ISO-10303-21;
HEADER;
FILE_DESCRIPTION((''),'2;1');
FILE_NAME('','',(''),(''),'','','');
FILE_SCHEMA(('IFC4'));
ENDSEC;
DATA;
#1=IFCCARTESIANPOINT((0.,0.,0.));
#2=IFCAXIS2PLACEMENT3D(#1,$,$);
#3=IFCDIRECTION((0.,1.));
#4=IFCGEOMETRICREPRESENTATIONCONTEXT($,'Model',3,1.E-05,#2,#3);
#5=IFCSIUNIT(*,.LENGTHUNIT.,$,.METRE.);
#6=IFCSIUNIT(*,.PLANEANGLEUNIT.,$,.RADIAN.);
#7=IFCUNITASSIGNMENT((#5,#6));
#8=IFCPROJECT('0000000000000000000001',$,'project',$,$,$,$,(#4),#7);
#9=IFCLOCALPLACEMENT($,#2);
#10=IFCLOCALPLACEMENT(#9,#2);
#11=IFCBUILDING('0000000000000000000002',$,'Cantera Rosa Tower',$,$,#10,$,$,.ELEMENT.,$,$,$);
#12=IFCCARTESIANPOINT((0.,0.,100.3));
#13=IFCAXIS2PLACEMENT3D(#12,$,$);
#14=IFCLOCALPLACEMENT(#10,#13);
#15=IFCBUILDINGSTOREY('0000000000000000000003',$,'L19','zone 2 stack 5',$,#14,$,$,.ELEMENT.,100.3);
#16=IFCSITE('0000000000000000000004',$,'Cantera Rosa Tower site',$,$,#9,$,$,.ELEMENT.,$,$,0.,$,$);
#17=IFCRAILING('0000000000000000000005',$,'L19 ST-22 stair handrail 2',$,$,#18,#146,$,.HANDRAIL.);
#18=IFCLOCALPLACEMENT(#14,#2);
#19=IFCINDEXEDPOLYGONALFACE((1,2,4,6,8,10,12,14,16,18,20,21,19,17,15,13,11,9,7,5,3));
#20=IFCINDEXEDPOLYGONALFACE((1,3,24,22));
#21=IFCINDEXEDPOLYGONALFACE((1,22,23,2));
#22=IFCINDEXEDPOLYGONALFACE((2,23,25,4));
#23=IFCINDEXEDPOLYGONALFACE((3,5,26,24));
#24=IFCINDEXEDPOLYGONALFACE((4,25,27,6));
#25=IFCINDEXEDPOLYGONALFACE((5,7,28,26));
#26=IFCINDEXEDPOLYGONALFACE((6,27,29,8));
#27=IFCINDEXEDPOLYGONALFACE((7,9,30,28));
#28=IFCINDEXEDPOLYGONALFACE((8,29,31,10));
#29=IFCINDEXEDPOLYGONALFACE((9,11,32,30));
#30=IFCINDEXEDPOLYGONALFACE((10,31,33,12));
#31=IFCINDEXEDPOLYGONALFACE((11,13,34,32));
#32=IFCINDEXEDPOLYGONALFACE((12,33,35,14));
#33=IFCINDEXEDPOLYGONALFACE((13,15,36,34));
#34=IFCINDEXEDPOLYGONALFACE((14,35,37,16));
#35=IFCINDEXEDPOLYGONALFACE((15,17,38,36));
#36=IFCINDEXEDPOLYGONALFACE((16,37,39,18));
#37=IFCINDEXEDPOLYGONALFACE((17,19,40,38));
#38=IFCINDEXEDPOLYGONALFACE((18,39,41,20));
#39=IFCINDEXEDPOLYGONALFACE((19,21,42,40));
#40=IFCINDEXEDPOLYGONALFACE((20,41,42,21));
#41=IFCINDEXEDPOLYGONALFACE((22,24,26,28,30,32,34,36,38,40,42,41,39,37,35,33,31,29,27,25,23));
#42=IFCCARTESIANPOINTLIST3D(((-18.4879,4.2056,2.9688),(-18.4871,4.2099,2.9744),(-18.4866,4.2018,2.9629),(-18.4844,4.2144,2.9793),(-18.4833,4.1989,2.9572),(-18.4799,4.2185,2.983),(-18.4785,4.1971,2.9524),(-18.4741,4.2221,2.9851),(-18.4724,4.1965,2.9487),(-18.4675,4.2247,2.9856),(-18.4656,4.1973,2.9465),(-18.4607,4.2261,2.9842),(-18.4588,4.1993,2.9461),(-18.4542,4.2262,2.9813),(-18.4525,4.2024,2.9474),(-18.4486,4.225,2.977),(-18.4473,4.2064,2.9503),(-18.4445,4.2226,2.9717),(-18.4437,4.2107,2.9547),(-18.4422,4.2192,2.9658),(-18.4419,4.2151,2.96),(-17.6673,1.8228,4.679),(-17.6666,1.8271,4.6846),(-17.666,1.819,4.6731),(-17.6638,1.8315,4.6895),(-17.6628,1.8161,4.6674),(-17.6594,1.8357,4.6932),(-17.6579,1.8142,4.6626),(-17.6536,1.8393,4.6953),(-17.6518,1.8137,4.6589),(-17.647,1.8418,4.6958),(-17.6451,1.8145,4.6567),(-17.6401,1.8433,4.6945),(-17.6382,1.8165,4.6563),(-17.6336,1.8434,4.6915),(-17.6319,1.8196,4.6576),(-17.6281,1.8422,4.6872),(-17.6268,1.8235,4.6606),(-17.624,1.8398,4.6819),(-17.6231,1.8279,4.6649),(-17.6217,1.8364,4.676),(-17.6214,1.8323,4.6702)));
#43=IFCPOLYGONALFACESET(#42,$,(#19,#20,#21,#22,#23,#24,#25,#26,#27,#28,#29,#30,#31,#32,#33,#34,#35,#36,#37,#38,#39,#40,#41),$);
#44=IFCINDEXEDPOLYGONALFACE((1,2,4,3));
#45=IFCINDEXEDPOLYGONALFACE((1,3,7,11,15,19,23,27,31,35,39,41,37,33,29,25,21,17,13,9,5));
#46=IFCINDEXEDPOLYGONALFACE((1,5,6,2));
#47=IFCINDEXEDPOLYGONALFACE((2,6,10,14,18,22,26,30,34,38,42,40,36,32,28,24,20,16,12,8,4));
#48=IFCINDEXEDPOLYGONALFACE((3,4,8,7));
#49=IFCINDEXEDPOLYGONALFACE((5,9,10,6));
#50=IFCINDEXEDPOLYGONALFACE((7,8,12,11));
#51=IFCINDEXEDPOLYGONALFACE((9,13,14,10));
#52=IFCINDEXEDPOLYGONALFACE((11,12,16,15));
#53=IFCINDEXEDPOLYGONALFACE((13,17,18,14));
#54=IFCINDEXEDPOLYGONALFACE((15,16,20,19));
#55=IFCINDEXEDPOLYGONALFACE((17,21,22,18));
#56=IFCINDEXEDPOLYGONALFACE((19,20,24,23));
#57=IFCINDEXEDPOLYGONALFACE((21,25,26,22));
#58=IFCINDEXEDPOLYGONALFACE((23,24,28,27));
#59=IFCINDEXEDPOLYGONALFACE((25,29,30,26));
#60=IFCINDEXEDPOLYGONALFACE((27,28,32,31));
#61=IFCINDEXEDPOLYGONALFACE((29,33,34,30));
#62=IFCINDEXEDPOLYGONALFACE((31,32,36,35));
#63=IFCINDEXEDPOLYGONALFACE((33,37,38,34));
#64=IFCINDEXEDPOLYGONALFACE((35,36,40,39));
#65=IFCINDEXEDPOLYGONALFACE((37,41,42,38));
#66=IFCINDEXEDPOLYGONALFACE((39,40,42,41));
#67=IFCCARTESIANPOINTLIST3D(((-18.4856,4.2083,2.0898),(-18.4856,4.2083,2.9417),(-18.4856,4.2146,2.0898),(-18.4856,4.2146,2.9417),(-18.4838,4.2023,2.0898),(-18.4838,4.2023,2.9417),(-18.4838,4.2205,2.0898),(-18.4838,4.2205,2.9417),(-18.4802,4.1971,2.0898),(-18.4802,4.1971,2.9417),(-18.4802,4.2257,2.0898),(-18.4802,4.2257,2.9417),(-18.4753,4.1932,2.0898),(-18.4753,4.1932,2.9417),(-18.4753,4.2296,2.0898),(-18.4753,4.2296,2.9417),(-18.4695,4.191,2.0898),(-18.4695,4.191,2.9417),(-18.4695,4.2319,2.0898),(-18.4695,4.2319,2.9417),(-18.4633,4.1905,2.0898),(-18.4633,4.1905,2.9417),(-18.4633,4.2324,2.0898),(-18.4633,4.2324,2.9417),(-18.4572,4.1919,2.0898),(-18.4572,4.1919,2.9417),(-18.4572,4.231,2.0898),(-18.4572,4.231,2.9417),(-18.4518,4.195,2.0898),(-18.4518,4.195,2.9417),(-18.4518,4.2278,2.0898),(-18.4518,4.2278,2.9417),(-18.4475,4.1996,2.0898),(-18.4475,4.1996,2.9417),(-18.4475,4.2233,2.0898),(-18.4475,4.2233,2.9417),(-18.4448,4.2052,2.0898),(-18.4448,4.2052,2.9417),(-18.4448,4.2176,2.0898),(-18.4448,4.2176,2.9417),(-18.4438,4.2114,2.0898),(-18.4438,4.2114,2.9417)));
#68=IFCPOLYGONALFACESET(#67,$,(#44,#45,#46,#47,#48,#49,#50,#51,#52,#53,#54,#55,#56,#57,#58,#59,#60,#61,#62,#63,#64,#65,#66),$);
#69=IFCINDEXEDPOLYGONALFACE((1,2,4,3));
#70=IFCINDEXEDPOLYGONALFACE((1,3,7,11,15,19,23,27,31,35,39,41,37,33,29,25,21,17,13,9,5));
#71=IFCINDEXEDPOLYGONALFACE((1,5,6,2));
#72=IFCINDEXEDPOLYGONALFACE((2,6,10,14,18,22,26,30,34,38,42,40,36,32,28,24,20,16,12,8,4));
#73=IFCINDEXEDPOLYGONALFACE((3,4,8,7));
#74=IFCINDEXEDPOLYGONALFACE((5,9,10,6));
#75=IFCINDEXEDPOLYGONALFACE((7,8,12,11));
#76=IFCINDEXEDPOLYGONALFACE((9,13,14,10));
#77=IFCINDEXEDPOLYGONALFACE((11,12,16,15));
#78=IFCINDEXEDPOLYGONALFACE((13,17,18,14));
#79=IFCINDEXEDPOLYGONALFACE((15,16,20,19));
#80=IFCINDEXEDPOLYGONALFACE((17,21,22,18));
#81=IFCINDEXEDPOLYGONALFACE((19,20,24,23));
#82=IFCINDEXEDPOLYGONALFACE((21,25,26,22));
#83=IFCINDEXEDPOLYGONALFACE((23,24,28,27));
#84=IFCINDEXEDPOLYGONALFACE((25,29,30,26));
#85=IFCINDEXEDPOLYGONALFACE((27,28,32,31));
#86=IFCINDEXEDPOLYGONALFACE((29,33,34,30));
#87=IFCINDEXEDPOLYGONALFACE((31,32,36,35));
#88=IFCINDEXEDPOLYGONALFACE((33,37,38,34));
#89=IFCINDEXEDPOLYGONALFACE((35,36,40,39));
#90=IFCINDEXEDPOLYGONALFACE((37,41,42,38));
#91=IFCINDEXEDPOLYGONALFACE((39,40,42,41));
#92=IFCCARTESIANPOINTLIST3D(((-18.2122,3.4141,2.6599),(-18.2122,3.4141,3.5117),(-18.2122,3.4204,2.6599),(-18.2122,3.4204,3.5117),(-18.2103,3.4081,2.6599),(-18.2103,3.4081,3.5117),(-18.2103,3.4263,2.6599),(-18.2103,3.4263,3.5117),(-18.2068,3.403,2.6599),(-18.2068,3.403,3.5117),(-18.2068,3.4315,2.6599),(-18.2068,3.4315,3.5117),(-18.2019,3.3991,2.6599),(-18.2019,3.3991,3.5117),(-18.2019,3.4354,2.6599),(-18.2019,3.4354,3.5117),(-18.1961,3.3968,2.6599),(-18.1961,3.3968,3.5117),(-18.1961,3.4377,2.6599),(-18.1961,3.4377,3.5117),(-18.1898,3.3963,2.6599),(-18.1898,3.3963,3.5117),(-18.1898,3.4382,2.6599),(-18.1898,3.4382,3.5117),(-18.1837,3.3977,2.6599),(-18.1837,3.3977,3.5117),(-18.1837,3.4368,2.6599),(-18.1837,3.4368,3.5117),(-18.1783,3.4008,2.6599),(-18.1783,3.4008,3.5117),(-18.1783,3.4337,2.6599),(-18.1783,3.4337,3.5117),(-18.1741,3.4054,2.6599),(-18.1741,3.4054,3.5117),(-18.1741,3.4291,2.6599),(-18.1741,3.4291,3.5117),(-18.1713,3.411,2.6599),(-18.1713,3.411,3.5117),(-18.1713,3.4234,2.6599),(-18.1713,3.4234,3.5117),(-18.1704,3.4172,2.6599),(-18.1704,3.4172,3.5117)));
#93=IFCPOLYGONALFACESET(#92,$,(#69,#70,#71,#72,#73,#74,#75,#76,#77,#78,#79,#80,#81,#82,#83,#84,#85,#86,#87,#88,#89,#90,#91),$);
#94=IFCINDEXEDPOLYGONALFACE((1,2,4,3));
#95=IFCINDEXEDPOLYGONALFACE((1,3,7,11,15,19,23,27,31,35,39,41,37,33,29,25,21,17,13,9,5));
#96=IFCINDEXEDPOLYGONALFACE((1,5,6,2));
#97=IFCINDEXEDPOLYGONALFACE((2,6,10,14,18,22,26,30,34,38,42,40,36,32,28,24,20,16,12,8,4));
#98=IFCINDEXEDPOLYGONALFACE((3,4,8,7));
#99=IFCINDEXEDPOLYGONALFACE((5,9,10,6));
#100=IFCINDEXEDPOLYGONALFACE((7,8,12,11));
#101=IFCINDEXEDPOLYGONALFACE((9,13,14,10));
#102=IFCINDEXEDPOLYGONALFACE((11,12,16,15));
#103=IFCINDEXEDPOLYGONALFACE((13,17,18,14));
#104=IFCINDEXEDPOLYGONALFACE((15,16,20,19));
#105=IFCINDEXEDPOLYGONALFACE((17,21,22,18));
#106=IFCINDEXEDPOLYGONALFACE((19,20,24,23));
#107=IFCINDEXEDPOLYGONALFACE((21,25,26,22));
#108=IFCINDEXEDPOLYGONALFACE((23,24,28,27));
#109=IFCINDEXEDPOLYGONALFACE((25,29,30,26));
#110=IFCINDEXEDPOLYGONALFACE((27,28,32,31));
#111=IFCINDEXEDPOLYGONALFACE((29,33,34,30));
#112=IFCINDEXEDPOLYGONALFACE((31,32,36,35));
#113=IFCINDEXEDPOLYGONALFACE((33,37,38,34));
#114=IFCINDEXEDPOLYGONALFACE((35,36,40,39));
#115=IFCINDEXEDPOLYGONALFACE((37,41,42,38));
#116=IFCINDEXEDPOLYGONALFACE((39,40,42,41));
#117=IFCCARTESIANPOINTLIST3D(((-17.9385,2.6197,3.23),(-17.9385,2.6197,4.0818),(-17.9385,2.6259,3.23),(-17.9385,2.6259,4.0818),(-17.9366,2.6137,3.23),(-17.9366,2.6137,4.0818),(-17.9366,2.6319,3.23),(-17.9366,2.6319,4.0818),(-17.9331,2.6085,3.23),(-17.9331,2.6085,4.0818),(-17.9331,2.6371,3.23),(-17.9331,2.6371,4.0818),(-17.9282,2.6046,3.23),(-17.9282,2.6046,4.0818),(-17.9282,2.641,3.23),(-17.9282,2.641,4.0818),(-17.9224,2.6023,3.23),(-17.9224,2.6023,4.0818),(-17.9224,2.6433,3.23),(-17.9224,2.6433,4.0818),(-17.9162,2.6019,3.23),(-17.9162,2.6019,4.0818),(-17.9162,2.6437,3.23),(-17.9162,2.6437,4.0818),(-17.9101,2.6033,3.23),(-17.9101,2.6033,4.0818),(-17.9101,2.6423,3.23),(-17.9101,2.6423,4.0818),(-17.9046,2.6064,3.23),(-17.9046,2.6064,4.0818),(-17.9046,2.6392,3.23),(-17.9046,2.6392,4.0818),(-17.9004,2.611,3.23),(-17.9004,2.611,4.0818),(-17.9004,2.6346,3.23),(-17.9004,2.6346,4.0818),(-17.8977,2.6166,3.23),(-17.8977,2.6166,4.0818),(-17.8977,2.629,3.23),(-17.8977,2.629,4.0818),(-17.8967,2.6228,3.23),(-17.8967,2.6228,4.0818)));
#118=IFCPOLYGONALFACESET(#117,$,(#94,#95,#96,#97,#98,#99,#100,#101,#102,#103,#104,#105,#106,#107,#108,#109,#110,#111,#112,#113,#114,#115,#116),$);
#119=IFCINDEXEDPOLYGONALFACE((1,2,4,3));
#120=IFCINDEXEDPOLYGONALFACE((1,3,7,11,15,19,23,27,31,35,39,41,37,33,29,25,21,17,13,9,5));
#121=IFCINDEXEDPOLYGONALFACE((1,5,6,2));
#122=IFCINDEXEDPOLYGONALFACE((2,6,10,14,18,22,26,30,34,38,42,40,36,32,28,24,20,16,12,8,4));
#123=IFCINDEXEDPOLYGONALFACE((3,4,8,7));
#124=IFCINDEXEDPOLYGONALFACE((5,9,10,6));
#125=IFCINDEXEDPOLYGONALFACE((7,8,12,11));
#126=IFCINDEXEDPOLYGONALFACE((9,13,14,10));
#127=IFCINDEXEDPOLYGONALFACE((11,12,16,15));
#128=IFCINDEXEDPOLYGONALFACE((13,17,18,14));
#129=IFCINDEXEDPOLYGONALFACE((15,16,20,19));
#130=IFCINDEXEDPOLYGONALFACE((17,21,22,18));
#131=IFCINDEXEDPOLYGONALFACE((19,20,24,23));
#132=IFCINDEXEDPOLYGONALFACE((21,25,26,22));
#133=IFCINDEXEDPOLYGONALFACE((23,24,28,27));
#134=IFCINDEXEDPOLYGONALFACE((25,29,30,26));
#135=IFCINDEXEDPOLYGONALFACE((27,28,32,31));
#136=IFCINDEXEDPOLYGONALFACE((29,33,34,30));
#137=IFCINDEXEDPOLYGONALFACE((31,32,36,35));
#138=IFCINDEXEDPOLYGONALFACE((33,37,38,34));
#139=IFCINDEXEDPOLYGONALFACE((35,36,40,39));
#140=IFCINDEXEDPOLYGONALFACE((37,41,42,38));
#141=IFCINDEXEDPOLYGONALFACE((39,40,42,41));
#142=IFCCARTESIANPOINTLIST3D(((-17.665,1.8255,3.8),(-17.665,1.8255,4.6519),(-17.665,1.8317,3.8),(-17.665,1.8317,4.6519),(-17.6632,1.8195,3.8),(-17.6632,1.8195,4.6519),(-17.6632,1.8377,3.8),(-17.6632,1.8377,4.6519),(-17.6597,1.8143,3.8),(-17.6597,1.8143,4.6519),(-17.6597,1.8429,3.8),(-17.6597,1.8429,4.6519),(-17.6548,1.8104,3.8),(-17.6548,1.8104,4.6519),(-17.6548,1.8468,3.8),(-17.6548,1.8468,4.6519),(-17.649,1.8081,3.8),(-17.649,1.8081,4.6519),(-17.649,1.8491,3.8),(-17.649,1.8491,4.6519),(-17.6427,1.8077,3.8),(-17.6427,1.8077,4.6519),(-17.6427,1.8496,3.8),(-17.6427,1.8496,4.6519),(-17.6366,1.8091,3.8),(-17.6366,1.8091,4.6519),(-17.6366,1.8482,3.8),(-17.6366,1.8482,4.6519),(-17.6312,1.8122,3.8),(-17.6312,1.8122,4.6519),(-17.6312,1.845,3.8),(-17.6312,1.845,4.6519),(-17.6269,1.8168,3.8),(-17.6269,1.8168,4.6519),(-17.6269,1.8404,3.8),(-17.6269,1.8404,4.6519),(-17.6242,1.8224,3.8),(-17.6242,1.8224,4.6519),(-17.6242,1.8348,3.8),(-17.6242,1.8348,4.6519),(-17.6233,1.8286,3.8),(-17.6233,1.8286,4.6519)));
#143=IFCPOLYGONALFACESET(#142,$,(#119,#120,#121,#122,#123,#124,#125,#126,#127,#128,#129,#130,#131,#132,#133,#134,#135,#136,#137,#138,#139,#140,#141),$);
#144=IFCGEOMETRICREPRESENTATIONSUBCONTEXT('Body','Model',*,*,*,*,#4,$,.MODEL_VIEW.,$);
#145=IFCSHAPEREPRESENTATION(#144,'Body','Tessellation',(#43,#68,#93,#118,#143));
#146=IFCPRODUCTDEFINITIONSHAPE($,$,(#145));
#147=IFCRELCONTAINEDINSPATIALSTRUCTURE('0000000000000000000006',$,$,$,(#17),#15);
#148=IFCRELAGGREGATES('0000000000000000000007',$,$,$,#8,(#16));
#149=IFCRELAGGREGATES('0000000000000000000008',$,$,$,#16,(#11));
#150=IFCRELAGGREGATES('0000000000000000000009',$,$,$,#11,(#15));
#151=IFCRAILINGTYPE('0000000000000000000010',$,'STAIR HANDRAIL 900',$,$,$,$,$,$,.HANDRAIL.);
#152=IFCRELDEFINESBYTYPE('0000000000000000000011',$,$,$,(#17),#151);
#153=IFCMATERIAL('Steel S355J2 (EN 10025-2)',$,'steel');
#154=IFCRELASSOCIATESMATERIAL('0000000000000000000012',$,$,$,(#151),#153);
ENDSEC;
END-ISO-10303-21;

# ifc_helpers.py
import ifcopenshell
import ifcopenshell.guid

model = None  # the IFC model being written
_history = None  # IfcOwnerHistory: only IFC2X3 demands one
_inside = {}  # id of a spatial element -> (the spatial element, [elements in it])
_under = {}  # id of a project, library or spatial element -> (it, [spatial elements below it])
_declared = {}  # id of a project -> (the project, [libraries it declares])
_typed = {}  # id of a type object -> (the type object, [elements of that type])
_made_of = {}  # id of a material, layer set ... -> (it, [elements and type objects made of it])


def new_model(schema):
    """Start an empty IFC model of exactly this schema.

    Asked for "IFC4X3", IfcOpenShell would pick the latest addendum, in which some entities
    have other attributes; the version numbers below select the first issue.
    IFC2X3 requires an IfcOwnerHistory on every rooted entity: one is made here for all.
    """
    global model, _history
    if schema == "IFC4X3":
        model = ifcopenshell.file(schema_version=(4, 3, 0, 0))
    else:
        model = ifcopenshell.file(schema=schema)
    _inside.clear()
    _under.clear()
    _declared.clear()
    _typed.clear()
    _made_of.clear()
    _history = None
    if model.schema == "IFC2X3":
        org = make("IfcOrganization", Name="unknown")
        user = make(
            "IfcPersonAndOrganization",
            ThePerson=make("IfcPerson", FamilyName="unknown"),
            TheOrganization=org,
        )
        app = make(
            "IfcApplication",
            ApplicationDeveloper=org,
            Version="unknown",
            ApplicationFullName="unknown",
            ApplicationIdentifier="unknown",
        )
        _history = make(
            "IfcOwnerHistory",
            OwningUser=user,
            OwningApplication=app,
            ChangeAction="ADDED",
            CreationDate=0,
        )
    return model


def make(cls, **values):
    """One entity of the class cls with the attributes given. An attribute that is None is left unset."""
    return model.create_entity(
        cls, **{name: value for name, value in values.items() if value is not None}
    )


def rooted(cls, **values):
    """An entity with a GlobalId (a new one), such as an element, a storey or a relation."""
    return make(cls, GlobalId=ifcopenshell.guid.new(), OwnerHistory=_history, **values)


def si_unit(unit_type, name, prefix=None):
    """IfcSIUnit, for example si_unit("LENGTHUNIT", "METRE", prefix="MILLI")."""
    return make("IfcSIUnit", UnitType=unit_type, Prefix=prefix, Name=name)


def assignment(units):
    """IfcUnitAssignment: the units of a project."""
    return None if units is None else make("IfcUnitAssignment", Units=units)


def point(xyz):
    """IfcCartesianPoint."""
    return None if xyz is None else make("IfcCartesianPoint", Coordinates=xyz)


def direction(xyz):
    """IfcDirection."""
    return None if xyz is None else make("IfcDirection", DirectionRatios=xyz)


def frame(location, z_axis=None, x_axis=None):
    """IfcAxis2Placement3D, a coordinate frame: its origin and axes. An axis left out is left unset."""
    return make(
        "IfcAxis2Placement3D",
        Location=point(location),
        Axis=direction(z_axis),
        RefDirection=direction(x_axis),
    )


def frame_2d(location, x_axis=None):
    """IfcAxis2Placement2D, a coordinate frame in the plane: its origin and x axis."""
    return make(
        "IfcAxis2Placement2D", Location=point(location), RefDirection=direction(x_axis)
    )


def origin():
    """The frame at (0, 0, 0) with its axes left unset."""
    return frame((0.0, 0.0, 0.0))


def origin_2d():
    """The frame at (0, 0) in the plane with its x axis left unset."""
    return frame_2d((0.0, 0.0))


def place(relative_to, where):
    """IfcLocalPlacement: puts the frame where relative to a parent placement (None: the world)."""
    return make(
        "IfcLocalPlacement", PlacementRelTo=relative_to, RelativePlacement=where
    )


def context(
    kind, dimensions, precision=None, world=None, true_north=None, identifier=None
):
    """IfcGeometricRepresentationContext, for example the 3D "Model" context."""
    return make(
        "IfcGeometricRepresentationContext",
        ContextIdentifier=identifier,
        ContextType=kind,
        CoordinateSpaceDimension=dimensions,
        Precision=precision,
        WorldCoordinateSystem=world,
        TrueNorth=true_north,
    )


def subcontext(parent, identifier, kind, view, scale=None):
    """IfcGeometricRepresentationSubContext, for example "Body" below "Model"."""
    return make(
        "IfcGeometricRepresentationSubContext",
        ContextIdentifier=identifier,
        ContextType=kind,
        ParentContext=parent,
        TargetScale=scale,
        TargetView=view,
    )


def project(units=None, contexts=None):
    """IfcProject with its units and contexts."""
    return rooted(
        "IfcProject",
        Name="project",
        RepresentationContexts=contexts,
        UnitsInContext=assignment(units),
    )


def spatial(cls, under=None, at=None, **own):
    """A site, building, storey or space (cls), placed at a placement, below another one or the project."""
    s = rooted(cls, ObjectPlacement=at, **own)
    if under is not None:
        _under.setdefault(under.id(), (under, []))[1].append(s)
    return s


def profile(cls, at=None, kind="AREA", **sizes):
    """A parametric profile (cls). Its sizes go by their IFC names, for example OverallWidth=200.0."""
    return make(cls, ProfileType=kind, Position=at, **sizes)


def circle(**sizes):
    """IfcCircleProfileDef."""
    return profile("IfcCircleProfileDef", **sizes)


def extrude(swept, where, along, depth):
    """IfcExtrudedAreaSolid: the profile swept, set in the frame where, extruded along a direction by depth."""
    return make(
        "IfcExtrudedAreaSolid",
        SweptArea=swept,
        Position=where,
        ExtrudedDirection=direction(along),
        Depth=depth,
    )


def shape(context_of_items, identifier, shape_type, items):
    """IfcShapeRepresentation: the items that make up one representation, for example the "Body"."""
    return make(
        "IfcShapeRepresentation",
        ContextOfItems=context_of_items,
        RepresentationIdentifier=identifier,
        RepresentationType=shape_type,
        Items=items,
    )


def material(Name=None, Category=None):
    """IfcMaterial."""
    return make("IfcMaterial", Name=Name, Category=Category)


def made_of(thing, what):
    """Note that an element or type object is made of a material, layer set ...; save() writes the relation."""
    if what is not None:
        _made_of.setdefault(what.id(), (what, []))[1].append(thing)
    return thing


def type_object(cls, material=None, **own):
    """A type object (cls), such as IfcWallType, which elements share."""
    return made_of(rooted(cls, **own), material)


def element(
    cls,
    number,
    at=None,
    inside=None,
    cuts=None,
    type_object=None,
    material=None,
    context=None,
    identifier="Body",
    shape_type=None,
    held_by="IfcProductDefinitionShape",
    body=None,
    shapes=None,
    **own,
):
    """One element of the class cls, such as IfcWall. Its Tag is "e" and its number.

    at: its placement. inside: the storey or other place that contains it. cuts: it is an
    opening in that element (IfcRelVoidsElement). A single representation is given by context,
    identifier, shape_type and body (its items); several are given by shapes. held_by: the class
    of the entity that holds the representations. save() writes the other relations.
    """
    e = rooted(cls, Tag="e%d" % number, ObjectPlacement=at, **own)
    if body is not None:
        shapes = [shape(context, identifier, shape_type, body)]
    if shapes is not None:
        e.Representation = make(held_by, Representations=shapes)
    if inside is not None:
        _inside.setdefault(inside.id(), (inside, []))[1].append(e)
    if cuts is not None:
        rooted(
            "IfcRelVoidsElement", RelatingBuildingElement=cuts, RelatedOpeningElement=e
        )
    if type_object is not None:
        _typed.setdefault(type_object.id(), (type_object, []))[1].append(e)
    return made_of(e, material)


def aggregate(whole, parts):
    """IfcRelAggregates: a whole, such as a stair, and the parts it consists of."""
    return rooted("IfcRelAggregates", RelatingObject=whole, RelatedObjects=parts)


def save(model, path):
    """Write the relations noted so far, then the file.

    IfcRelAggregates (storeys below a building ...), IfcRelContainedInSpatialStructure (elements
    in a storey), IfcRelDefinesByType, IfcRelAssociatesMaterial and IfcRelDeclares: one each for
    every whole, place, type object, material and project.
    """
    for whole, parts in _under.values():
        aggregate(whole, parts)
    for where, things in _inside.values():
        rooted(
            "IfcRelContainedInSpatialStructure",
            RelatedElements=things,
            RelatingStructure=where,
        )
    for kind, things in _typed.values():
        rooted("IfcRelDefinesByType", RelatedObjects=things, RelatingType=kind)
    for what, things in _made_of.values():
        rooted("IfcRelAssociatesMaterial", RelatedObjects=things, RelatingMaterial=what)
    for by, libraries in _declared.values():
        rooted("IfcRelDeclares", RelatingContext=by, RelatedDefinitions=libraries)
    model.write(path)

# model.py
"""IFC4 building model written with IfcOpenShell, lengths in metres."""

from ifc_helpers import new_model, si_unit, direction, frame, origin, origin_2d, place, context, subcontext, project, spatial, circle, extrude, material, type_object, element, save


model = new_model("IFC4")

# Units and contexts
model_context = context("Model", 3, precision=1e-05, world=origin(), true_north=direction((0.0, 1.0)))
body_context = subcontext(model_context, "Body", "Model", "MODEL_VIEW")
ifc_project = project(units=[si_unit("LENGTHUNIT", "METRE"), si_unit("PLANEANGLEUNIT", "RADIAN")], contexts=[model_context])

# Site, building, storey
site_placement = place(None, origin())
site = spatial("IfcSite", under=ifc_project, at=site_placement, Name="Cantera Rosa Tower site", CompositionType="ELEMENT", RefElevation=0.0)
building_placement = place(site_placement, origin())
building = spatial("IfcBuilding", under=site, at=building_placement, Name="Cantera Rosa Tower", CompositionType="ELEMENT")
storey_placement = place(building_placement, frame((0.0, 0.0, 100.3)))
storey = spatial("IfcBuildingStorey", under=building, at=storey_placement, Name="L19", Description="zone 2 stack 5", CompositionType="ELEMENT", Elevation=100.3)

# Railing
ifc_material_1 = material(Name="Steel S355J2 (EN 10025-2)", Category="steel")
railing_type_1 = type_object("IfcRailingType", Name="STAIR HANDRAIL 900", PredefinedType="HANDRAIL", material=ifc_material_1)
railing_1_placement = place(storey_placement, frame((-18.4648, 4.2114, 2.0898)))
element("IfcRailing", 1, at=railing_1_placement, inside=storey, type_object=railing_type_1, Name="L19 ST-22 stair handrail 2", PredefinedType="HANDRAIL", context=body_context, shape_type="SweptSolid", body=[
    extrude(circle(Radius=0.0239, at=origin_2d()), frame((0.0, 0.0, 0.876), z_axis=(0.26942, -0.782369, 0.561526), x_axis=(0.945508, 0.3256, 0.0)), (0.0, 0.0, 1.0), 3.0457),
    extrude(circle(Radius=0.021, at=origin_2d()), origin(), (0.0, 0.0, 1.0), 0.8518),
    extrude(circle(Radius=0.021, at=origin_2d()), frame((0.2734, -0.7942, 0.5701)), (0.0, 0.0, 1.0), 0.8518),
    extrude(circle(Radius=0.021, at=origin_2d()), frame((0.5471, -1.5886, 1.1401)), (0.0, 0.0, 1.0), 0.8518),
    extrude(circle(Radius=0.021, at=origin_2d()), frame((0.8206, -2.3828, 1.7102)), (0.0, 0.0, 1.0), 0.8518),
])

save(model, "model.ifc")
